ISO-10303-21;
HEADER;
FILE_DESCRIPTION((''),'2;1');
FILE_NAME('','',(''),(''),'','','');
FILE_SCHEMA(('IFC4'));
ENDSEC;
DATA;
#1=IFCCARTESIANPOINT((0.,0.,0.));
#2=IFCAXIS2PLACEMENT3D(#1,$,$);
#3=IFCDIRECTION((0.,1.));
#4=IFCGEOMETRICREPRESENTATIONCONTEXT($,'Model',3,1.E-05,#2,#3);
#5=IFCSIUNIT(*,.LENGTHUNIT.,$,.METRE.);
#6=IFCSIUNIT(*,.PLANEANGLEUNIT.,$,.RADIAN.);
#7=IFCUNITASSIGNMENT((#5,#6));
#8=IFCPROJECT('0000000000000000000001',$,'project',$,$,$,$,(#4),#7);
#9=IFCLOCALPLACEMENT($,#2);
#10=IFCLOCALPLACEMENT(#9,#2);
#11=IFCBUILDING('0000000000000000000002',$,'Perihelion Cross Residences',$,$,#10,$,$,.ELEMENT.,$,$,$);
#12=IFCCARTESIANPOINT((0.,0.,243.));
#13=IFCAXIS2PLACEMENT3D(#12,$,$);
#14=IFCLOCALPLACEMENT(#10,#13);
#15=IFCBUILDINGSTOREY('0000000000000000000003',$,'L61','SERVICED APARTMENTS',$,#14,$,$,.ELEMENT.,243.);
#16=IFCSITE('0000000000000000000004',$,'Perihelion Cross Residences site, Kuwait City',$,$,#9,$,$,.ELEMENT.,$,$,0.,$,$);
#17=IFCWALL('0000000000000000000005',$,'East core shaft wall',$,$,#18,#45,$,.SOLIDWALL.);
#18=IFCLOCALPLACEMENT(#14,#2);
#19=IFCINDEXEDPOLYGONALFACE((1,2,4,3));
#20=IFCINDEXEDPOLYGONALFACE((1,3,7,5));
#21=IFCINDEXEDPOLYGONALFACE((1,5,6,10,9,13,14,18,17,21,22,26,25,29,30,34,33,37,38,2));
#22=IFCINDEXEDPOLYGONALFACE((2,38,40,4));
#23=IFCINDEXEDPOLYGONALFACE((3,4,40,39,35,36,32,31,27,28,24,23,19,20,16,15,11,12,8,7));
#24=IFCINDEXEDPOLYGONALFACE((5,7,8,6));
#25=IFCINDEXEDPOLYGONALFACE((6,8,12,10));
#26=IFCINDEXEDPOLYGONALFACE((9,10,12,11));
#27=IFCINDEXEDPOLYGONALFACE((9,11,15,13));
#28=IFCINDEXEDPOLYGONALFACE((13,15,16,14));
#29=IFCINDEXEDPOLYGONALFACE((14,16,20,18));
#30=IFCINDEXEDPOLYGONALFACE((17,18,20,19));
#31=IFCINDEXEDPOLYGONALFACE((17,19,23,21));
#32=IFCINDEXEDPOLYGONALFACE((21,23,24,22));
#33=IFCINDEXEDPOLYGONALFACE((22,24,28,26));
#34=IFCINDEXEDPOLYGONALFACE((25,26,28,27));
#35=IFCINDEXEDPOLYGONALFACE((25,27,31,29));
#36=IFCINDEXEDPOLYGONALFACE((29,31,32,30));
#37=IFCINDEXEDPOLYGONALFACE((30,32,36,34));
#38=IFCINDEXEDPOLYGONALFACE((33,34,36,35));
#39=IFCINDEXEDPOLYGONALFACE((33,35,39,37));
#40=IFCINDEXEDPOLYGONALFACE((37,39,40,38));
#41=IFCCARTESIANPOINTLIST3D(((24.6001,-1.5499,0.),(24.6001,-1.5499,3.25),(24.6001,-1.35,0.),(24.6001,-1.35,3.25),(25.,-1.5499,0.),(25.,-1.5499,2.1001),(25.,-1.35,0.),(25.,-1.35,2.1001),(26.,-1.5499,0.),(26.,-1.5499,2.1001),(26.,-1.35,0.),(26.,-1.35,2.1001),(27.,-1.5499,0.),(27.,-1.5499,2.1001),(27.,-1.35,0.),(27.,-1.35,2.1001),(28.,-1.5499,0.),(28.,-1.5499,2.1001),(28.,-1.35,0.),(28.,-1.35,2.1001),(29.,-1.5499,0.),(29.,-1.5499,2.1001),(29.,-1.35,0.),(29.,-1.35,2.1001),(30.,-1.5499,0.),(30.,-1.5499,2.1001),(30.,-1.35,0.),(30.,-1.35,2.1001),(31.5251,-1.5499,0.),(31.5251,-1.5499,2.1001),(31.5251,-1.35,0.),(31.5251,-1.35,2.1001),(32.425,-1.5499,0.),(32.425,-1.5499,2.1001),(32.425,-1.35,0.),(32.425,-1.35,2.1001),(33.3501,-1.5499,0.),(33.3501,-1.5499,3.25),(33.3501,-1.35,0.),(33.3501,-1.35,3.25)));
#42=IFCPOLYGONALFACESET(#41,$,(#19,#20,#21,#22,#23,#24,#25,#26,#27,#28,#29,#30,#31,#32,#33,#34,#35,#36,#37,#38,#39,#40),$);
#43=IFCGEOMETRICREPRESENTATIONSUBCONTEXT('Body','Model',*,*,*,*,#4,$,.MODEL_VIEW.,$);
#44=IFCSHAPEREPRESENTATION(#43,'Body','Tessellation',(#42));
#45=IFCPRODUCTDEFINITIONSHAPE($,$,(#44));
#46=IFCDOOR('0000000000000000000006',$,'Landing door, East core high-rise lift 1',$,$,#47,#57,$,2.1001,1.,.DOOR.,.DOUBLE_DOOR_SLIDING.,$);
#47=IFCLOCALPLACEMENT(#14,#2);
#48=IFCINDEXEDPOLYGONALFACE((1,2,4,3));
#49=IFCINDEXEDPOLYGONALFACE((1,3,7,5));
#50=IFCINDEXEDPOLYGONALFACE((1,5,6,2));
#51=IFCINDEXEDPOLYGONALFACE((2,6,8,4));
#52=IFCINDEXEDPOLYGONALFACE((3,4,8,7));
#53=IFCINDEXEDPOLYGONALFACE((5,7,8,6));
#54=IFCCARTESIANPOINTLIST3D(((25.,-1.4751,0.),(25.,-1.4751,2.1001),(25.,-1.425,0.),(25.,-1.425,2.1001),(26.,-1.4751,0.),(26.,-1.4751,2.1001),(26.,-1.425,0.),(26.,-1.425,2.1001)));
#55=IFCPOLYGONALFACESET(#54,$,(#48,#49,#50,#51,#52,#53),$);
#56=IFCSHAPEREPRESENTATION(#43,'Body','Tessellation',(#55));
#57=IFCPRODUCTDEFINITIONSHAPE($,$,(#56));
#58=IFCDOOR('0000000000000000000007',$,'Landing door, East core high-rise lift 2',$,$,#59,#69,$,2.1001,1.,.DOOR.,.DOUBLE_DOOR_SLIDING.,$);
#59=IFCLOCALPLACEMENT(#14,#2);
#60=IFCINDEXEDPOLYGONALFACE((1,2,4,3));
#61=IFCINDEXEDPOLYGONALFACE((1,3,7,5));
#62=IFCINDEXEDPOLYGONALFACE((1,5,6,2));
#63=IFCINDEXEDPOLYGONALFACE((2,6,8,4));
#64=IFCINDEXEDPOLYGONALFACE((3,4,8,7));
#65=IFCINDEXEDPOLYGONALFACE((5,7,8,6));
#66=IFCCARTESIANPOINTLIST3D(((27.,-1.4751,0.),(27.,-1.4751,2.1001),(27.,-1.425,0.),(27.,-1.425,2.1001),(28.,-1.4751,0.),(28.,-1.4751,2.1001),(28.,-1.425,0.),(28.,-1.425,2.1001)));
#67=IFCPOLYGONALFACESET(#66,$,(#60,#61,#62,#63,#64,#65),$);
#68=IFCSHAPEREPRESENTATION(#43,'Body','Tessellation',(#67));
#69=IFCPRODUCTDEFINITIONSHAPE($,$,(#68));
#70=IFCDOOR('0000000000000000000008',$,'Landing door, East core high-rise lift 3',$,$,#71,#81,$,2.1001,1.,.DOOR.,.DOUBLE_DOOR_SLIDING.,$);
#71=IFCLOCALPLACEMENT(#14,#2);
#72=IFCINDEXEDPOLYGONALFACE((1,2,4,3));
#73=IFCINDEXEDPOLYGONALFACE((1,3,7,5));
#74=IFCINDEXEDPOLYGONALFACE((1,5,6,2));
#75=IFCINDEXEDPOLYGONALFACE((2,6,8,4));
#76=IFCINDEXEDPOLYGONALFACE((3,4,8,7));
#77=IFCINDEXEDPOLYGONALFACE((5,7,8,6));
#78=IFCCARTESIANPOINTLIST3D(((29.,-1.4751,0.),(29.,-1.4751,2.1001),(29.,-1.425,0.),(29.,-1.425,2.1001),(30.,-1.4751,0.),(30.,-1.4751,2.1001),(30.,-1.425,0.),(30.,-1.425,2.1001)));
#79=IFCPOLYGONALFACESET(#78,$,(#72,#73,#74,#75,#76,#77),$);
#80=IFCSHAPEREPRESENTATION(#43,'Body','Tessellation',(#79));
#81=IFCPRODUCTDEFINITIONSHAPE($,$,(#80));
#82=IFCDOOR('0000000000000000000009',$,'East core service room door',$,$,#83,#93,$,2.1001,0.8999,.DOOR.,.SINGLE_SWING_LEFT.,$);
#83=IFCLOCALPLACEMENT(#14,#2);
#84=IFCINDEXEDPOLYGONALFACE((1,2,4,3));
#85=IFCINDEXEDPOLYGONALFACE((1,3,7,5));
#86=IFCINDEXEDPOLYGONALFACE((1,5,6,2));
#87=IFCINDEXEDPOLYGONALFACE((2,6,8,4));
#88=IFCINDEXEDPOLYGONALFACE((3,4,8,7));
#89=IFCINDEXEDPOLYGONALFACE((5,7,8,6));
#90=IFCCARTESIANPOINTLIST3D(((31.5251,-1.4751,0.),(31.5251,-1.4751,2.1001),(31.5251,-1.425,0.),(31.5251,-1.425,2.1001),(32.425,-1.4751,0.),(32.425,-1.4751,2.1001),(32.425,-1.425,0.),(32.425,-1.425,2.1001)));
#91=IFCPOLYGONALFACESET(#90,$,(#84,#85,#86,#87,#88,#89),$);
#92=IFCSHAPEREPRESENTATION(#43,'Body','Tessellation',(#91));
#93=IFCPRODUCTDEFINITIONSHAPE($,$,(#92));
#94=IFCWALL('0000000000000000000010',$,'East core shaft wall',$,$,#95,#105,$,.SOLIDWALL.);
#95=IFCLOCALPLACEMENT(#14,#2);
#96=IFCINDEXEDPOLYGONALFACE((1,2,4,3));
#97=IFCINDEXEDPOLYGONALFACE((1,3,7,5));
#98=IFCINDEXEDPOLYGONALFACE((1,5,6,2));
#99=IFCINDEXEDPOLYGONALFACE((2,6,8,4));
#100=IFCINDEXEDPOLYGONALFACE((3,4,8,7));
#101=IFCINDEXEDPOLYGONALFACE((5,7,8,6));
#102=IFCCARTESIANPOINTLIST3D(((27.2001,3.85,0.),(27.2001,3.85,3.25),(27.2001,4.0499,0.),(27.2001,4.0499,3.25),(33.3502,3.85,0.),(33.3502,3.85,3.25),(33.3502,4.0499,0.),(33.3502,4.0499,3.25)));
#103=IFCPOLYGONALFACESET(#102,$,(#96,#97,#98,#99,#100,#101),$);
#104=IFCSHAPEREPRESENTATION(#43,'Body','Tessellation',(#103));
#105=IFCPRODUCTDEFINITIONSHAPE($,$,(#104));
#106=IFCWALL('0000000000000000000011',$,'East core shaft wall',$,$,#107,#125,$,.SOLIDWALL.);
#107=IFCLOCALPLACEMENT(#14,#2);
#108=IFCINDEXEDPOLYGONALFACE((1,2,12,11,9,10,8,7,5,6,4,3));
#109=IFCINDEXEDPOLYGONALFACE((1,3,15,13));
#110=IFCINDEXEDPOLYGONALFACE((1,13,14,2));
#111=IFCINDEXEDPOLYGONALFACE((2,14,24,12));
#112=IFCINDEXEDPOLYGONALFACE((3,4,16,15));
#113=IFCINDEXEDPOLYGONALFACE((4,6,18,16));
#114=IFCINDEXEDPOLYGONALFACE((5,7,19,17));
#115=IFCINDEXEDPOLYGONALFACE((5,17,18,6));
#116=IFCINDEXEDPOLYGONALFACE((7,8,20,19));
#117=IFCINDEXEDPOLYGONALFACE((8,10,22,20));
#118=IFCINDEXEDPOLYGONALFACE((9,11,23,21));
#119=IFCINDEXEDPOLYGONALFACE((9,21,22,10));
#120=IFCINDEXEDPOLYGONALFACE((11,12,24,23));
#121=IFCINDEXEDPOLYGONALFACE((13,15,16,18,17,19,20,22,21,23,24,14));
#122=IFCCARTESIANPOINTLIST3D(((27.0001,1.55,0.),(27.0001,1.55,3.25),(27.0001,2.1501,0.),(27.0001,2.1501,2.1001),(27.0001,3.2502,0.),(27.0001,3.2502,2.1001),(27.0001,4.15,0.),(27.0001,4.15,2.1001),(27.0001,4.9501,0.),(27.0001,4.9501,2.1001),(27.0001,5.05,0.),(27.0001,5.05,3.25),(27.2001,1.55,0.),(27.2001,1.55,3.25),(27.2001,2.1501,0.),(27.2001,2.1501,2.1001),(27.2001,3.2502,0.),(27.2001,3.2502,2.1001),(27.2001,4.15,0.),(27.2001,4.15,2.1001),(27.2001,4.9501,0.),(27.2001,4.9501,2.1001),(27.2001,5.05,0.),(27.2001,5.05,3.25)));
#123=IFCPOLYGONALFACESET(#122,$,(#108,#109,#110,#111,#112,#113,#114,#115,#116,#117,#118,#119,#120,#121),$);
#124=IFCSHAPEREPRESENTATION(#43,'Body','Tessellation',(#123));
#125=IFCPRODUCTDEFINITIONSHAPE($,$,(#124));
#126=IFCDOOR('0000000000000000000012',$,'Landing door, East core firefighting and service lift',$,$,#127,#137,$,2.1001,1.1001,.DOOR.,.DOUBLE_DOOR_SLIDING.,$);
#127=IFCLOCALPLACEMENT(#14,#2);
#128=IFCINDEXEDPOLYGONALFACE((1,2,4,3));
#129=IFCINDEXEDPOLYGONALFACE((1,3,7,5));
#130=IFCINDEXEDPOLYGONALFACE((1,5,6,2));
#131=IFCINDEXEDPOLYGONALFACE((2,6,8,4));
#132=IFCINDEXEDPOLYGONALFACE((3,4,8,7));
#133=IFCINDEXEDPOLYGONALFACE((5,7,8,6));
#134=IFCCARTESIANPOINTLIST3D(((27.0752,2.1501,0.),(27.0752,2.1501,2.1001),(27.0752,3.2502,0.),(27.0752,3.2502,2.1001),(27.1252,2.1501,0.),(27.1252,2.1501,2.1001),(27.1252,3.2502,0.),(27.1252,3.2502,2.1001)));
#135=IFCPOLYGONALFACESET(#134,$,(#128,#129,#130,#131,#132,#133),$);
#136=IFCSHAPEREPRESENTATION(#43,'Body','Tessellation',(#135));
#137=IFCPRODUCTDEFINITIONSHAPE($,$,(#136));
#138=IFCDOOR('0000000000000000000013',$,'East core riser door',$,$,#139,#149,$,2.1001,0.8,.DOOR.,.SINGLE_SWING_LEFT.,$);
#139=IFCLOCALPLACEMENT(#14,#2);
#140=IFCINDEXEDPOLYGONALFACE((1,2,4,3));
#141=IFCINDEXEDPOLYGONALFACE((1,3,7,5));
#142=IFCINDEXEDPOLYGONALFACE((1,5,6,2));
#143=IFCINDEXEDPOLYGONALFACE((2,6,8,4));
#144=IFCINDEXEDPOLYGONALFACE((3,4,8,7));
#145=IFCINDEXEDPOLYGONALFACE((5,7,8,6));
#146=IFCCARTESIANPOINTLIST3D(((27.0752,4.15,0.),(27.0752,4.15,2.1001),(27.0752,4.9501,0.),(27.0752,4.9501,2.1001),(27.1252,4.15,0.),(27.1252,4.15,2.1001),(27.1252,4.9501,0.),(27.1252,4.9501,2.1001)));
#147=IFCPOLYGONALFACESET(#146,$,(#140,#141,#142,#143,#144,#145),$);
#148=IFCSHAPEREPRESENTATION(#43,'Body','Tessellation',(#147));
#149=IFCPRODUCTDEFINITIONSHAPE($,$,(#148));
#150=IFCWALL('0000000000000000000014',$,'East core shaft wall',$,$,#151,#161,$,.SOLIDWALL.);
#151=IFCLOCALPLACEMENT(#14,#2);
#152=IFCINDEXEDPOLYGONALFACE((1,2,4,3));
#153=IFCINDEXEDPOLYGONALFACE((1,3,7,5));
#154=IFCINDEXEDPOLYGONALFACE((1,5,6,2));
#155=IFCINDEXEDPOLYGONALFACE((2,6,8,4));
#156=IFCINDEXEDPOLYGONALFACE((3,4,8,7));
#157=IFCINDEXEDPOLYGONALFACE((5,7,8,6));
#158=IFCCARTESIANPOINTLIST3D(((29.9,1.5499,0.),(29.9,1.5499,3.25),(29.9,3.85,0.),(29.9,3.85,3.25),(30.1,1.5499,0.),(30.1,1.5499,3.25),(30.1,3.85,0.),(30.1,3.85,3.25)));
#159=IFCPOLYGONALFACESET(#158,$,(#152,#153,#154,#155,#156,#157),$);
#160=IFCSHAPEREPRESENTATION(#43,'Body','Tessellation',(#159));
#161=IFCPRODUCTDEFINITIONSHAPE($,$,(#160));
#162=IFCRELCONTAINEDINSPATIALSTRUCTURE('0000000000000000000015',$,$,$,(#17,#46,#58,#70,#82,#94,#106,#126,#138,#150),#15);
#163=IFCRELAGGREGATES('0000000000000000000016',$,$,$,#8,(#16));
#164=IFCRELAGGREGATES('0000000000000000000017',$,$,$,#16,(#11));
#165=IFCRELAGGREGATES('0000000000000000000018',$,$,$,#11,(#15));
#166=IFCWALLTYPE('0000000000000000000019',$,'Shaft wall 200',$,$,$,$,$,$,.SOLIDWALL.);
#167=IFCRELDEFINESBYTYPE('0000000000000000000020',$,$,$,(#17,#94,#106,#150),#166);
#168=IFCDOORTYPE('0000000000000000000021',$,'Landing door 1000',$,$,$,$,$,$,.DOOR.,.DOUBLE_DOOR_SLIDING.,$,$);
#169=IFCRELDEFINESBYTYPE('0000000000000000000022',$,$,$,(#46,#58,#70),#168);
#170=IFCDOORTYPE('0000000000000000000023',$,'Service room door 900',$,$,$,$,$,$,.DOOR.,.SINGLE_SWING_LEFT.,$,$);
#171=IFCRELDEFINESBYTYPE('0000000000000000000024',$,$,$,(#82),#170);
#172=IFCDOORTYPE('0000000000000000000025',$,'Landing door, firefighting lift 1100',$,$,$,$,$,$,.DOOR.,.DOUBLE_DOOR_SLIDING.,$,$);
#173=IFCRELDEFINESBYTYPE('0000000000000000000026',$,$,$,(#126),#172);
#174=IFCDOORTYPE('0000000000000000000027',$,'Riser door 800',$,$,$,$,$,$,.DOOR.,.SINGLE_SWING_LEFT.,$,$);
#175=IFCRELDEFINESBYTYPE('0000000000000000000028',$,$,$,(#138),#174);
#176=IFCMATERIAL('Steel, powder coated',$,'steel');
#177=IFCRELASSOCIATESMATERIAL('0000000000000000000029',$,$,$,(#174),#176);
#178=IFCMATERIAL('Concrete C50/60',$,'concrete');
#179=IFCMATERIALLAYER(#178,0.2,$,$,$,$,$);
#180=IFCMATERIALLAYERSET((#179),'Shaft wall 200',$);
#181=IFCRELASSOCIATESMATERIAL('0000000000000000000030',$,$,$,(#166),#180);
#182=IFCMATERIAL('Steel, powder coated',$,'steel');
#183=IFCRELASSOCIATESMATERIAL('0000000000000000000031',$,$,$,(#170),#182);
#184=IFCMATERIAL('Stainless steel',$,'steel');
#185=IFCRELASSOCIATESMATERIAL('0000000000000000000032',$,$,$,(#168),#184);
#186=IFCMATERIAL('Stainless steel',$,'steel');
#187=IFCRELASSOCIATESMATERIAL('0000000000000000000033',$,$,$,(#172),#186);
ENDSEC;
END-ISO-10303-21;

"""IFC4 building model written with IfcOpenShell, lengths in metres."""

from ifc_helpers import new_model, si_unit, direction, frame, frame_2d, origin, place, context, subcontext, project, spatial, rectangle, extrude, material, layer, layer_set, type_object, element, fill, save


model = new_model("IFC4")

# Units and contexts
model_context = context("Model", 3, precision=1e-05, world=origin(), true_north=direction((0.0, 1.0)))
body_context = subcontext(model_context, "Body", "Model", "MODEL_VIEW")
ifc_project = project(units=[si_unit("LENGTHUNIT", "METRE"), si_unit("PLANEANGLEUNIT", "RADIAN")], contexts=[model_context])

# Site, building, storey
site_placement = place(None, origin())
site = spatial("IfcSite", under=ifc_project, at=site_placement, Name="Perihelion Cross Residences site, Kuwait City", CompositionType="ELEMENT", RefElevation=0.0)
building_placement = place(site_placement, origin())
building = spatial("IfcBuilding", under=site, at=building_placement, Name="Perihelion Cross Residences", CompositionType="ELEMENT")
storey_placement = place(building_placement, frame((0.0, 0.0, 243.0)))
storey = spatial("IfcBuildingStorey", under=building, at=storey_placement, Name="L61", Description="SERVICED APARTMENTS", CompositionType="ELEMENT", Elevation=243.0)

# Shared definitions
ifc_material_1 = material(Name="Steel, powder coated", Category="steel")
door_type_1 = type_object("IfcDoorType", Name="Riser door 800", OperationType="SINGLE_SWING_LEFT", PredefinedType="DOOR", material=ifc_material_1)

# Wall, openings, doors
ifc_material_2 = material(Name="Concrete C50/60", Category="concrete")
ifc_layer_1 = layer(ifc_material_2, 0.2)
ifc_layer_set_1 = layer_set([ifc_layer_1], Name="Shaft wall 200")
wall_type_1 = type_object("IfcWallType", Name="Shaft wall 200", PredefinedType="SOLIDWALL", material=ifc_layer_set_1)
ifc_material_3 = material(Name="Steel, powder coated", Category="steel")
door_type_2 = type_object("IfcDoorType", Name="Service room door 900", OperationType="SINGLE_SWING_LEFT", PredefinedType="DOOR", material=ifc_material_3)
wall_1_placement = place(storey_placement, frame((24.6001, -1.45, 0.0), z_axis=(0.0, 0.0, 1.0), x_axis=(1.0, 0.0, 0.0)))
wall_1 = element("IfcWall", 1, at=wall_1_placement, inside=storey, type_object=wall_type_1, Name="East core shaft wall", PredefinedType="SOLIDWALL", context=body_context, shape_type="SweptSolid", body=[
    extrude(rectangle(XDim=8.75, YDim=0.2, at=frame_2d((4.375, 0.0))), origin(), (0.0, 0.0, 1.0), 3.25),
])
opening_1_placement = place(wall_1_placement, frame((0.3999, 0.0, 0.0)))
opening_1 = element("IfcOpeningElement", 2, at=opening_1_placement, cuts=wall_1, PredefinedType="OPENING", context=body_context, shape_type="SweptSolid", body=[
    extrude(rectangle(XDim=1.0, YDim=2.1001, at=frame_2d((0.5, 1.05))), frame((0.0, 0.1099, 0.0), z_axis=(0.0, -1.0, 0.0), x_axis=(1.0, 0.0, 0.0)), (0.0, 0.0, 1.0), 0.22),
])
opening_2_placement = place(wall_1_placement, frame((2.3999, 0.0, 0.0)))
opening_2 = element("IfcOpeningElement", 3, at=opening_2_placement, cuts=wall_1, PredefinedType="OPENING", context=body_context, shape_type="SweptSolid", body=[
    extrude(rectangle(XDim=1.0, YDim=2.1001, at=frame_2d((0.5, 1.05))), frame((0.0, 0.1099, 0.0), z_axis=(0.0, -1.0, 0.0), x_axis=(1.0, 0.0, 0.0)), (0.0, 0.0, 1.0), 0.22),
])
opening_3_placement = place(wall_1_placement, frame((4.3999, 0.0, 0.0)))
opening_3 = element("IfcOpeningElement", 4, at=opening_3_placement, cuts=wall_1, PredefinedType="OPENING", context=body_context, shape_type="SweptSolid", body=[
    extrude(rectangle(XDim=1.0, YDim=2.1001, at=frame_2d((0.5, 1.05))), frame((0.0, 0.1099, 0.0), z_axis=(0.0, -1.0, 0.0), x_axis=(1.0, 0.0, 0.0)), (0.0, 0.0, 1.0), 0.22),
])
opening_4_placement = place(wall_1_placement, frame((6.925, 0.0, 0.0)))
opening_4 = element("IfcOpeningElement", 5, at=opening_4_placement, cuts=wall_1, PredefinedType="OPENING", context=body_context, shape_type="SweptSolid", body=[
    extrude(rectangle(XDim=0.8999, YDim=2.1001, at=frame_2d((0.45, 1.05))), frame((0.0, 0.1099, 0.0), z_axis=(0.0, -1.0, 0.0), x_axis=(1.0, 0.0, 0.0)), (0.0, 0.0, 1.0), 0.22),
])
ifc_material_4 = material(Name="Stainless steel", Category="steel")
door_type_3 = type_object("IfcDoorType", Name="Landing door 1000", OperationType="DOUBLE_DOOR_SLIDING", PredefinedType="DOOR", material=ifc_material_4)
door_1_placement = place(opening_1_placement, origin())
door_1 = element("IfcDoor", 6, at=door_1_placement, inside=storey, type_object=door_type_3, Name="Landing door, East core high-rise lift 1", OperationType="DOUBLE_DOOR_SLIDING", OverallHeight=2.1001, OverallWidth=1.0, PredefinedType="DOOR", context=body_context, shape_type="SweptSolid", body=[
    extrude(rectangle(XDim=1.0, YDim=2.1001, at=frame_2d((0.5, 1.05))), frame((0.0, 0.0249, 0.0), z_axis=(0.0, -1.0, 0.0), x_axis=(1.0, 0.0, 0.0)), (0.0, 0.0, 1.0), 0.05),
])
fill(opening_1, door_1)
door_2_placement = place(opening_2_placement, origin())
door_2 = element("IfcDoor", 7, at=door_2_placement, inside=storey, type_object=door_type_3, Name="Landing door, East core high-rise lift 2", OperationType="DOUBLE_DOOR_SLIDING", OverallHeight=2.1001, OverallWidth=1.0, PredefinedType="DOOR", context=body_context, shape_type="SweptSolid", body=[
    extrude(rectangle(XDim=1.0, YDim=2.1001, at=frame_2d((0.5, 1.05))), frame((0.0, 0.0249, 0.0), z_axis=(0.0, -1.0, 0.0), x_axis=(1.0, 0.0, 0.0)), (0.0, 0.0, 1.0), 0.05),
])
fill(opening_2, door_2)
door_3_placement = place(opening_3_placement, origin())
door_3 = element("IfcDoor", 8, at=door_3_placement, inside=storey, type_object=door_type_3, Name="Landing door, East core high-rise lift 3", OperationType="DOUBLE_DOOR_SLIDING", OverallHeight=2.1001, OverallWidth=1.0, PredefinedType="DOOR", context=body_context, shape_type="SweptSolid", body=[
    extrude(rectangle(XDim=1.0, YDim=2.1001, at=frame_2d((0.5, 1.05))), frame((0.0, 0.0249, 0.0), z_axis=(0.0, -1.0, 0.0), x_axis=(1.0, 0.0, 0.0)), (0.0, 0.0, 1.0), 0.05),
])
fill(opening_3, door_3)
door_4_placement = place(opening_4_placement, origin())
door_4 = element("IfcDoor", 9, at=door_4_placement, inside=storey, type_object=door_type_2, Name="East core service room door", OperationType="SINGLE_SWING_LEFT", OverallHeight=2.1001, OverallWidth=0.8999, PredefinedType="DOOR", context=body_context, shape_type="SweptSolid", body=[
    extrude(rectangle(XDim=0.8999, YDim=2.1001, at=frame_2d((0.45, 1.05))), frame((0.0, 0.0249, 0.0), z_axis=(0.0, -1.0, 0.0), x_axis=(1.0, 0.0, 0.0)), (0.0, 0.0, 1.0), 0.05),
])
fill(opening_4, door_4)

# Wall
wall_2_placement = place(storey_placement, frame((27.2, 3.95, 0.0), z_axis=(0.0, 0.0, 1.0), x_axis=(1.0, 0.0, 0.0)))
element("IfcWall", 10, at=wall_2_placement, inside=storey, type_object=wall_type_1, Name="East core shaft wall", PredefinedType="SOLIDWALL", context=body_context, shape_type="SweptSolid", body=[
    extrude(rectangle(XDim=6.1501, YDim=0.2, at=frame_2d((3.0752, 0.0))), origin(), (0.0, 0.0, 1.0), 3.25),
])

# Wall, openings, doors
wall_3_placement = place(storey_placement, frame((27.1001, 1.55, 0.0), z_axis=(0.0, 0.0, 1.0), x_axis=(0.0, 1.0, 0.0)))
wall_3 = element("IfcWall", 11, at=wall_3_placement, inside=storey, type_object=wall_type_1, Name="East core shaft wall", PredefinedType="SOLIDWALL", context=body_context, shape_type="SweptSolid", body=[
    extrude(rectangle(XDim=3.5, YDim=0.2, at=frame_2d((1.75, 0.0))), origin(), (0.0, 0.0, 1.0), 3.25),
])
opening_5_placement = place(wall_3_placement, frame((0.6001, 0.0, 0.0)))
opening_5 = element("IfcOpeningElement", 12, at=opening_5_placement, cuts=wall_3, PredefinedType="OPENING", context=body_context, shape_type="SweptSolid", body=[
    extrude(rectangle(XDim=1.1001, YDim=2.1001, at=frame_2d((0.55, 1.05))), frame((0.0, 0.1099, 0.0), z_axis=(0.0, -1.0, 0.0), x_axis=(1.0, 0.0, 0.0)), (0.0, 0.0, 1.0), 0.22),
])
opening_6_placement = place(wall_3_placement, frame((2.6001, 0.0, 0.0)))
opening_6 = element("IfcOpeningElement", 13, at=opening_6_placement, cuts=wall_3, PredefinedType="OPENING", context=body_context, shape_type="SweptSolid", body=[
    extrude(rectangle(XDim=0.8, YDim=2.1001, at=frame_2d((0.3999, 1.05))), frame((0.0, 0.1099, 0.0), z_axis=(0.0, -1.0, 0.0), x_axis=(1.0, 0.0, 0.0)), (0.0, 0.0, 1.0), 0.22),
])
ifc_material_5 = material(Name="Stainless steel", Category="steel")
door_type_4 = type_object("IfcDoorType", Name="Landing door, firefighting lift 1100", OperationType="DOUBLE_DOOR_SLIDING", PredefinedType="DOOR", material=ifc_material_5)
door_5_placement = place(opening_5_placement, origin())
door_5 = element("IfcDoor", 14, at=door_5_placement, inside=storey, type_object=door_type_4, Name="Landing door, East core firefighting and service lift", OperationType="DOUBLE_DOOR_SLIDING", OverallHeight=2.1001, OverallWidth=1.1001, PredefinedType="DOOR", context=body_context, shape_type="SweptSolid", body=[
    extrude(rectangle(XDim=1.1001, YDim=2.1001, at=frame_2d((0.55, 1.05))), frame((0.0, 0.0249, 0.0), z_axis=(0.0, -1.0, 0.0), x_axis=(1.0, 0.0, 0.0)), (0.0, 0.0, 1.0), 0.05),
])
fill(opening_5, door_5)
door_6_placement = place(opening_6_placement, origin())
door_6 = element("IfcDoor", 15, at=door_6_placement, inside=storey, type_object=door_type_1, Name="East core riser door", OperationType="SINGLE_SWING_LEFT", OverallHeight=2.1001, OverallWidth=0.8, PredefinedType="DOOR", context=body_context, shape_type="SweptSolid", body=[
    extrude(rectangle(XDim=0.8, YDim=2.1001, at=frame_2d((0.3999, 1.05))), frame((0.0, 0.0249, 0.0), z_axis=(0.0, -1.0, 0.0), x_axis=(1.0, 0.0, 0.0)), (0.0, 0.0, 1.0), 0.05),
])
fill(opening_6, door_6)

# Wall
for number, where, z_axis, x_axis, name in (
    (16, (30.0, 1.55, 0.0), (0.0, 0.0, 1.0), (0.0, 1.0, 0.0), "East core shaft wall"),
):
    element("IfcWall", number, at=place(storey_placement, frame(where, z_axis=z_axis, x_axis=x_axis)), inside=storey, type_object=wall_type_1, Name=name, PredefinedType="SOLIDWALL", context=body_context, shape_type="SweptSolid", body=[
        extrude(rectangle(XDim=2.3, YDim=0.2, at=frame_2d((1.1499, 0.0))), origin(), (0.0, 0.0, 1.0), 3.25),
    ])

save(model, "model.ifc")
